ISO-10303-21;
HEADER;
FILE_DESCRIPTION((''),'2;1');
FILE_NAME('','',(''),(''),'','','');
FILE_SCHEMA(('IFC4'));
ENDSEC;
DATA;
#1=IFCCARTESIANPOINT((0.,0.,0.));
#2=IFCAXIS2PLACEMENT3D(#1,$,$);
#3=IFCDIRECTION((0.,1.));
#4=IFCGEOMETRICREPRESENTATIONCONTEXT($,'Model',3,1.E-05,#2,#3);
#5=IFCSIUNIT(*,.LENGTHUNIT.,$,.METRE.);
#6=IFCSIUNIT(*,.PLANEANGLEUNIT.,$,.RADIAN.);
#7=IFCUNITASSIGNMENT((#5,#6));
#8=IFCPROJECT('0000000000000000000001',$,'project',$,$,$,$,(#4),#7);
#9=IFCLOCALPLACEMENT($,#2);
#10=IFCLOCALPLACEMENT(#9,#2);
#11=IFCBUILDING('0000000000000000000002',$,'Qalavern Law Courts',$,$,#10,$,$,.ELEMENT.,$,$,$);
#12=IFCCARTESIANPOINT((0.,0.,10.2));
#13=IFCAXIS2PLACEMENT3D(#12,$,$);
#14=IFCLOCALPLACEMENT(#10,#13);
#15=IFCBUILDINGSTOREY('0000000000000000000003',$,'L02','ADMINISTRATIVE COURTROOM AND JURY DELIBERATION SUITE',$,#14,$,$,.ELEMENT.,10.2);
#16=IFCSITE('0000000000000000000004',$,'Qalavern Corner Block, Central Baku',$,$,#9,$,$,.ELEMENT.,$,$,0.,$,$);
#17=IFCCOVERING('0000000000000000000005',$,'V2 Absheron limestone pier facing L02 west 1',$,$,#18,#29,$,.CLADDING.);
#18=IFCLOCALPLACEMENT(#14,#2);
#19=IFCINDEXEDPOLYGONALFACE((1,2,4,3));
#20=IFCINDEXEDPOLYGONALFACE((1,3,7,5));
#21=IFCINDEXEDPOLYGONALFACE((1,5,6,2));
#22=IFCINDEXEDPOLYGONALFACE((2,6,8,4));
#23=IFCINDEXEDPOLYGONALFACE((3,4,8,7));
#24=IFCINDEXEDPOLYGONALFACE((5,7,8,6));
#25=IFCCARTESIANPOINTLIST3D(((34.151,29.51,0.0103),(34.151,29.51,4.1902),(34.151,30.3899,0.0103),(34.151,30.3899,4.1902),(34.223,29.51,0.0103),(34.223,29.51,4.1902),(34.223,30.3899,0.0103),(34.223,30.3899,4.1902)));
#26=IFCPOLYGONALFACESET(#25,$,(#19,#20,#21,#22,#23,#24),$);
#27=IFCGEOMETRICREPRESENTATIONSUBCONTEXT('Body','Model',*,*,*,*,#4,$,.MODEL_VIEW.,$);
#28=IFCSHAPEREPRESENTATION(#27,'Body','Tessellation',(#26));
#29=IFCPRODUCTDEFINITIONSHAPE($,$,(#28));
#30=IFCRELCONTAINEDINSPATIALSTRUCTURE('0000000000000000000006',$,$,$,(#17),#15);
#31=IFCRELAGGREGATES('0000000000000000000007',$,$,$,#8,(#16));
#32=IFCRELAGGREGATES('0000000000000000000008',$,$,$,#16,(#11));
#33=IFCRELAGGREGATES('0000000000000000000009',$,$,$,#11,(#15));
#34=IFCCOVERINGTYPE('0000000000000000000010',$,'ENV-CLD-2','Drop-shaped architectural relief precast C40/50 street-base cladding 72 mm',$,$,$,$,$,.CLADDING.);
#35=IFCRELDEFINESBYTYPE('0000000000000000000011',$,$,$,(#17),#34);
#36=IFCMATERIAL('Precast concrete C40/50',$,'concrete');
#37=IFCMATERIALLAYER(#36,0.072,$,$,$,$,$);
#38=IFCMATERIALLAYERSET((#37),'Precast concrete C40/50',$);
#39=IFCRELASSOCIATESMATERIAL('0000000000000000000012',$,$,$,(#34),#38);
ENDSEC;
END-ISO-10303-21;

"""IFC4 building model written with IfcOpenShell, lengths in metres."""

from ifc_helpers import new_model, si_unit, direction, frame, origin, origin_2d, place, context, subcontext, project, spatial, rectangle, extrude, material, layer, layer_set, type_object, element, save


model = new_model("IFC4")

# Units and contexts
model_context = context("Model", 3, precision=1e-05, world=origin(), true_north=direction((0.0, 1.0)))
body_context = subcontext(model_context, "Body", "Model", "MODEL_VIEW")
ifc_project = project(units=[si_unit("LENGTHUNIT", "METRE"), si_unit("PLANEANGLEUNIT", "RADIAN")], contexts=[model_context])

# Site, building, storey
site_placement = place(None, origin())
site = spatial("IfcSite", under=ifc_project, at=site_placement, Name="Qalavern Corner Block, Central Baku", CompositionType="ELEMENT", RefElevation=0.0)
building_placement = place(site_placement, origin())
building = spatial("IfcBuilding", under=site, at=building_placement, Name="Qalavern Law Courts", CompositionType="ELEMENT")
storey_placement = place(building_placement, frame((0.0, 0.0, 10.2)))
storey = spatial("IfcBuildingStorey", under=building, at=storey_placement, Name="L02", Description="ADMINISTRATIVE COURTROOM AND JURY DELIBERATION SUITE", CompositionType="ELEMENT", Elevation=10.2)

# Covering
ifc_material_1 = material(Name="Precast concrete C40/50", Category="concrete")
ifc_layer_1 = layer(ifc_material_1, 0.072)
ifc_layer_set_1 = layer_set([ifc_layer_1], Name="Precast concrete C40/50")
covering_type = type_object("IfcCoveringType", Name="ENV-CLD-2", Description="Drop-shaped architectural relief precast C40/50 street-base cladding 72 mm", PredefinedType="CLADDING", material=ifc_layer_set_1)
covering_placement = place(storey_placement, frame((34.187, 29.95, 0.0103), z_axis=(0.0, 0.0, 1.0), x_axis=(0.0, -1.0, 0.0)))
element("IfcCovering", 1, at=covering_placement, inside=storey, type_object=covering_type, Name="V2 Absheron limestone pier facing L02 west 1", PredefinedType="CLADDING", context=body_context, shape_type="SweptSolid", body=[
    extrude(rectangle(XDim=0.8799, YDim=0.072, at=origin_2d()), origin(), (0.0, 0.0, 1.0), 4.1799),
])

save(model, "model.ifc")
